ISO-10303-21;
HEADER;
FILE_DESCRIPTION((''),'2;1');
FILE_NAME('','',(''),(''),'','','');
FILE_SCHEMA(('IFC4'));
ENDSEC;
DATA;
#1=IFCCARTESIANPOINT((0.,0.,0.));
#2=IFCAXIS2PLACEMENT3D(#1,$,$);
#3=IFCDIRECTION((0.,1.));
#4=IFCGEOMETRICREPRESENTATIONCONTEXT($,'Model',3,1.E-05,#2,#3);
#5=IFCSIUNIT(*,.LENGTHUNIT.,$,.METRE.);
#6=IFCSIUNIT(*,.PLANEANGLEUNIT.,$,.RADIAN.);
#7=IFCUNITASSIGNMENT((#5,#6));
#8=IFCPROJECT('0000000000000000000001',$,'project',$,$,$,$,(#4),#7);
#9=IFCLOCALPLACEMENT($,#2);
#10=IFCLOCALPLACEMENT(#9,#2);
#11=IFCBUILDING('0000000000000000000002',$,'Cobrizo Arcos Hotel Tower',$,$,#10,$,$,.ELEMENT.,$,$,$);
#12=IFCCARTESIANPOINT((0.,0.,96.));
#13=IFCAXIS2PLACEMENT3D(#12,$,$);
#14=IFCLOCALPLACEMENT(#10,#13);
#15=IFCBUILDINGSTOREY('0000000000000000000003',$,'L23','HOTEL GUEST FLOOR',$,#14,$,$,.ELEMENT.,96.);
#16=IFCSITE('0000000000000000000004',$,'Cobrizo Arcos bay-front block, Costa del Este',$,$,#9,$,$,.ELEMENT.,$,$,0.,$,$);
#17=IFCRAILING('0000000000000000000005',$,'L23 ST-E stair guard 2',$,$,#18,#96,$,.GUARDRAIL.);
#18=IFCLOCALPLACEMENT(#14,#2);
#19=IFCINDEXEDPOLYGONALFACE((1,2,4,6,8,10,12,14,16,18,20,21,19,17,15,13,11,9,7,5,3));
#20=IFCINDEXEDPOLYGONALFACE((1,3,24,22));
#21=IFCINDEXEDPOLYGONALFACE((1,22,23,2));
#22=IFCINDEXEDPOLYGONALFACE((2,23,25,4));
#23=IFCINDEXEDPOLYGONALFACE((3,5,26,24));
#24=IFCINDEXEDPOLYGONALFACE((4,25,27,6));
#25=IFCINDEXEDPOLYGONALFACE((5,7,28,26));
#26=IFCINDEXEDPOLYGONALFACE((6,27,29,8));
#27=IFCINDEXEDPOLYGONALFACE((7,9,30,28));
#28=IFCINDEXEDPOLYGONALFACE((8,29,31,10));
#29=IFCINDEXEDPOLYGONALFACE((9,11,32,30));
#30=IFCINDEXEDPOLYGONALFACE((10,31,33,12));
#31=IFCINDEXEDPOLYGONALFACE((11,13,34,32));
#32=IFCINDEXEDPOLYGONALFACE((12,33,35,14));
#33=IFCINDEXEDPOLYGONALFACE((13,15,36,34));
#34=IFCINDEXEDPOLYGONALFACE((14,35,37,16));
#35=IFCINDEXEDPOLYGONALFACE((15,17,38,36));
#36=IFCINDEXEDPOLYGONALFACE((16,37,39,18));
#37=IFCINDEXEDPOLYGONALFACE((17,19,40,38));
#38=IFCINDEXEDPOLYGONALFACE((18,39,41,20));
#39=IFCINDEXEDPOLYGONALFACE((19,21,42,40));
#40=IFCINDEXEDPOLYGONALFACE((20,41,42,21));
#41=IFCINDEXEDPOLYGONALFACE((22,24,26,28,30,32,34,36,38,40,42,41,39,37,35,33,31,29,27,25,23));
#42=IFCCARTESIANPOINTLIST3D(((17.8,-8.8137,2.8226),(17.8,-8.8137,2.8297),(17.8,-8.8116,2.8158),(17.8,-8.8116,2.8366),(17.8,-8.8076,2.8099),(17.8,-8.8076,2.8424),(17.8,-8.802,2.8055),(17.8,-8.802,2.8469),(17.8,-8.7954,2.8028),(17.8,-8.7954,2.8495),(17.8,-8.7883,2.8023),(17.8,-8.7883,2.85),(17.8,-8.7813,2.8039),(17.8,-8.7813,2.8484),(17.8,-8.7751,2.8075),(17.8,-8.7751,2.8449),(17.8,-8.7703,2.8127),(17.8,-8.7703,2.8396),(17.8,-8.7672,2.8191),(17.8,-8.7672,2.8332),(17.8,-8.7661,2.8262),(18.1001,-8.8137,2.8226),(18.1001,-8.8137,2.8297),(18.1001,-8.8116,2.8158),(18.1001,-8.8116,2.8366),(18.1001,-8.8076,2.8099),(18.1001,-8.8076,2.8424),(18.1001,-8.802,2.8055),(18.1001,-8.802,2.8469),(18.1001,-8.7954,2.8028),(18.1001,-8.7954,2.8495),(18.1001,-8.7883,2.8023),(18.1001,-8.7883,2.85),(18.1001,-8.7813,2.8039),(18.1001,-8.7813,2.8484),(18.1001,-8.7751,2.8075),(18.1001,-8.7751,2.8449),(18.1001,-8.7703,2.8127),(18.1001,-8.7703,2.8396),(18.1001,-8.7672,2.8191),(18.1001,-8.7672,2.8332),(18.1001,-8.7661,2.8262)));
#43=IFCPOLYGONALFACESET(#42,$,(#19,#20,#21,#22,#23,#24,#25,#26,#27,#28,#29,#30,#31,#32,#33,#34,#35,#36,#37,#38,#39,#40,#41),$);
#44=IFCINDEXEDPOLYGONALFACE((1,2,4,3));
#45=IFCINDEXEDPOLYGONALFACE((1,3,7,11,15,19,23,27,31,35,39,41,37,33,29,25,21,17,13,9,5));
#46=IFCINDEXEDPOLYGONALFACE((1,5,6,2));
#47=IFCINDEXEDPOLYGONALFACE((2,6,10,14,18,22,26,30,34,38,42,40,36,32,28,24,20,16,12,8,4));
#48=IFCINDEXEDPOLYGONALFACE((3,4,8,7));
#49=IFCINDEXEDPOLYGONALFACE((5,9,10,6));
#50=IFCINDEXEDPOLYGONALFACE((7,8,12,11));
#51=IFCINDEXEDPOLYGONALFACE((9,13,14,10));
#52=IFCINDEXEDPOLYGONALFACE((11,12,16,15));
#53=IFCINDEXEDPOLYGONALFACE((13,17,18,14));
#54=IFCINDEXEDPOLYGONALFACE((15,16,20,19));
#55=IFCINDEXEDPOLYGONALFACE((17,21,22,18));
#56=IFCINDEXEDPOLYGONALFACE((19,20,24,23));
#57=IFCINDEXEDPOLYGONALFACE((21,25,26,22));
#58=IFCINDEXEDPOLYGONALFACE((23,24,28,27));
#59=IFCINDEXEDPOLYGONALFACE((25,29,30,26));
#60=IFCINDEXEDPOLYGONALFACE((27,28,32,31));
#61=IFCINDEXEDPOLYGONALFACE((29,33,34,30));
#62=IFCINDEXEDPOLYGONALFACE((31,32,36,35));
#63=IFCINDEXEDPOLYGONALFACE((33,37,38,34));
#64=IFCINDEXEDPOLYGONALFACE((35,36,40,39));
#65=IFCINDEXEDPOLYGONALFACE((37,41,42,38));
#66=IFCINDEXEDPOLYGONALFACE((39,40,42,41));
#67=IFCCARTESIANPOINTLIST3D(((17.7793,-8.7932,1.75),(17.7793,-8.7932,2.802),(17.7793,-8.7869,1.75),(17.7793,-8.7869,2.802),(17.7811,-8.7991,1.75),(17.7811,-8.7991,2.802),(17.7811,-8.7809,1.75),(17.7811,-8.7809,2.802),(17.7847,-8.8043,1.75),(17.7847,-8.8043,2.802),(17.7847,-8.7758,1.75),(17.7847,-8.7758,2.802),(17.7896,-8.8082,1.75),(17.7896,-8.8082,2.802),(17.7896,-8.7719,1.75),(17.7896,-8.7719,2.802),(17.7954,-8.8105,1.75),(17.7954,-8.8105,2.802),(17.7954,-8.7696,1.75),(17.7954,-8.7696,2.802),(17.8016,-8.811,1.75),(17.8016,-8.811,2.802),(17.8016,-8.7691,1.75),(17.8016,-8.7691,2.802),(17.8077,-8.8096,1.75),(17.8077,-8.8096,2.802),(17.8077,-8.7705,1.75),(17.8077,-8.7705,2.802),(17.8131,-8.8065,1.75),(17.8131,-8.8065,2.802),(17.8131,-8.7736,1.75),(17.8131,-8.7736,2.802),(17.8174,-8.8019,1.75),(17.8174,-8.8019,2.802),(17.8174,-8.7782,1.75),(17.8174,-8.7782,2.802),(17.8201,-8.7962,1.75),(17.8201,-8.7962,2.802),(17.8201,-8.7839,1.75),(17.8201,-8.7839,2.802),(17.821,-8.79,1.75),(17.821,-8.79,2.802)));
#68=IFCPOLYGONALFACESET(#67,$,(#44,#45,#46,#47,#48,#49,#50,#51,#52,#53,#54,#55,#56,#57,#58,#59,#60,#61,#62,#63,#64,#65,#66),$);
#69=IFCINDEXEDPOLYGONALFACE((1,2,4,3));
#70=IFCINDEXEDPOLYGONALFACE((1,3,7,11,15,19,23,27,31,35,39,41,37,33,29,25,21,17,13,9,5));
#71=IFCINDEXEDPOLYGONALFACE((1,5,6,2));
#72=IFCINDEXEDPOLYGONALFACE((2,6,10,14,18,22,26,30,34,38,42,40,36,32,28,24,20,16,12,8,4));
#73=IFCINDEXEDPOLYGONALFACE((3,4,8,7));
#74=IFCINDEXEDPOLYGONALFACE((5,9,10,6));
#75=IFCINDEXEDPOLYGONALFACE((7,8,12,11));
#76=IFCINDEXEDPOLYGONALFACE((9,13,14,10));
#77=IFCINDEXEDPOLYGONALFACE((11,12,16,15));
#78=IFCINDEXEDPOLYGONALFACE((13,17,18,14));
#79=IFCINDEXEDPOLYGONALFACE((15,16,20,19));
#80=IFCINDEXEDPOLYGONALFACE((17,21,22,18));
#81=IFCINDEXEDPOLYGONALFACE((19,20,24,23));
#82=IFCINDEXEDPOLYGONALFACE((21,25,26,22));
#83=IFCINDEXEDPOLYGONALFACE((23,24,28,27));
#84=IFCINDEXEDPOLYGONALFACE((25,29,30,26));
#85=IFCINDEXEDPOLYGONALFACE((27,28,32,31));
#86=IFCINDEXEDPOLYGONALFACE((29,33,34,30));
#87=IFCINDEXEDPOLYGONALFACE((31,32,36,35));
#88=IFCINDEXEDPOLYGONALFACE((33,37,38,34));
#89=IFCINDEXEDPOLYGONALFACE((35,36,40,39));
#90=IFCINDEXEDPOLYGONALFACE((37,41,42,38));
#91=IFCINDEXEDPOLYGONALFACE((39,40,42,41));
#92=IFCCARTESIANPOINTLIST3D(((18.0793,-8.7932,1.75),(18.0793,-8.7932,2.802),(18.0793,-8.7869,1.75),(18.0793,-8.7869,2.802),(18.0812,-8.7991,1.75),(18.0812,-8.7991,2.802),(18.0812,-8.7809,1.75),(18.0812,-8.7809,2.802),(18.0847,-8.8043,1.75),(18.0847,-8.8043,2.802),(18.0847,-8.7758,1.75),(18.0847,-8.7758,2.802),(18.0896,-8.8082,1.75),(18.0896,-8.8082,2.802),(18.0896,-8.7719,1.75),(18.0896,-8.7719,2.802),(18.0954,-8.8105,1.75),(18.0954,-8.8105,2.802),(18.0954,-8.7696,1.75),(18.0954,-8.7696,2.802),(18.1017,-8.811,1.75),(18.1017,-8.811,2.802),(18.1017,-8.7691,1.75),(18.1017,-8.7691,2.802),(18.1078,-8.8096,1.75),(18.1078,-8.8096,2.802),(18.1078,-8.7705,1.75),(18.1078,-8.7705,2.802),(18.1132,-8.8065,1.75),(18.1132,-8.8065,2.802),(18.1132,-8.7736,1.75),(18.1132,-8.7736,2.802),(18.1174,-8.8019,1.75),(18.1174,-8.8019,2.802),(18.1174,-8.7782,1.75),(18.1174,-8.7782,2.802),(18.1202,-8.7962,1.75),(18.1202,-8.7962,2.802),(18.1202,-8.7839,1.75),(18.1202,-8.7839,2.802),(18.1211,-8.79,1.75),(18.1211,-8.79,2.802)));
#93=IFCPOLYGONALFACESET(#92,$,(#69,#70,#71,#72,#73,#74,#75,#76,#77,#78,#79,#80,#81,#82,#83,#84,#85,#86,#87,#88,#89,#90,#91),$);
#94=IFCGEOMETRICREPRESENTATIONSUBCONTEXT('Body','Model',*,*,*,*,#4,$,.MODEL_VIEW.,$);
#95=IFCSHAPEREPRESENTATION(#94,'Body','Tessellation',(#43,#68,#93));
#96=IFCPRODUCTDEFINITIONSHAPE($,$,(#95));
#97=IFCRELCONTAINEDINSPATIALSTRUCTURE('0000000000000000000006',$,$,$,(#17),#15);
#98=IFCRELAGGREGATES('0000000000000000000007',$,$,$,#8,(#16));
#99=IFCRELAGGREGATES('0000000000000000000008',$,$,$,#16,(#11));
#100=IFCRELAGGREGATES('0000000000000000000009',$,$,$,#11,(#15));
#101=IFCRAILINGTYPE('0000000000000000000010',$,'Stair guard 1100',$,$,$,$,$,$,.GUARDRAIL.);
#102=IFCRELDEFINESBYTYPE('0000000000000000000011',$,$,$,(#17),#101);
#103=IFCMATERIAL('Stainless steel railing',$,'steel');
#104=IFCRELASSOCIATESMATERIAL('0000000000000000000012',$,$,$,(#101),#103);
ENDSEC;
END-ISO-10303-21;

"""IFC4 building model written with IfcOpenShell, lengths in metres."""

from ifc_helpers import new_model, si_unit, direction, frame, origin, origin_2d, place, context, subcontext, project, spatial, circle, extrude, material, type_object, element, save


model = new_model("IFC4")

# Units and contexts
model_context = context("Model", 3, precision=1e-05, world=origin(), true_north=direction((0.0, 1.0)))
body_context = subcontext(model_context, "Body", "Model", "MODEL_VIEW")
ifc_project = project(units=[si_unit("LENGTHUNIT", "METRE"), si_unit("PLANEANGLEUNIT", "RADIAN")], contexts=[model_context])

# Site, building, storey
site_placement = place(None, origin())
site = spatial("IfcSite", under=ifc_project, at=site_placement, Name="Cobrizo Arcos bay-front block, Costa del Este", CompositionType="ELEMENT", RefElevation=0.0)
building_placement = place(site_placement, origin())
building = spatial("IfcBuilding", under=site, at=building_placement, Name="Cobrizo Arcos Hotel Tower", CompositionType="ELEMENT")
storey_placement = place(building_placement, frame((0.0, 0.0, 96.0)))
storey = spatial("IfcBuildingStorey", under=building, at=storey_placement, Name="L23", Description="HOTEL GUEST FLOOR", CompositionType="ELEMENT", Elevation=96.0)

# Railing
ifc_material_1 = material(Name="Stainless steel railing", Category="steel")
railing_type_1 = type_object("IfcRailingType", Name="Stair guard 1100", PredefinedType="GUARDRAIL", material=ifc_material_1)
railing_1_placement = place(storey_placement, frame((17.8, -8.79, 1.75)))
element("IfcRailing", 1, at=railing_1_placement, inside=storey, type_object=railing_type_1, Name="L23 ST-E stair guard 2", PredefinedType="GUARDRAIL", context=body_context, shape_type="SweptSolid", body=[
    extrude(circle(Radius=0.0239, at=origin_2d()), frame((0.0, 0.0, 1.0762), z_axis=(1.0, 0.0, 0.0), x_axis=(0.0, 1.0, 0.0)), (0.0, 0.0, 1.0), 0.3),
    extrude(circle(Radius=0.021, at=origin_2d()), origin(), (0.0, 0.0, 1.0), 1.052),
    extrude(circle(Radius=0.021, at=origin_2d()), frame((0.3, 0.0, 0.0)), (0.0, 0.0, 1.0), 1.052),
])

save(model, "model.ifc")
